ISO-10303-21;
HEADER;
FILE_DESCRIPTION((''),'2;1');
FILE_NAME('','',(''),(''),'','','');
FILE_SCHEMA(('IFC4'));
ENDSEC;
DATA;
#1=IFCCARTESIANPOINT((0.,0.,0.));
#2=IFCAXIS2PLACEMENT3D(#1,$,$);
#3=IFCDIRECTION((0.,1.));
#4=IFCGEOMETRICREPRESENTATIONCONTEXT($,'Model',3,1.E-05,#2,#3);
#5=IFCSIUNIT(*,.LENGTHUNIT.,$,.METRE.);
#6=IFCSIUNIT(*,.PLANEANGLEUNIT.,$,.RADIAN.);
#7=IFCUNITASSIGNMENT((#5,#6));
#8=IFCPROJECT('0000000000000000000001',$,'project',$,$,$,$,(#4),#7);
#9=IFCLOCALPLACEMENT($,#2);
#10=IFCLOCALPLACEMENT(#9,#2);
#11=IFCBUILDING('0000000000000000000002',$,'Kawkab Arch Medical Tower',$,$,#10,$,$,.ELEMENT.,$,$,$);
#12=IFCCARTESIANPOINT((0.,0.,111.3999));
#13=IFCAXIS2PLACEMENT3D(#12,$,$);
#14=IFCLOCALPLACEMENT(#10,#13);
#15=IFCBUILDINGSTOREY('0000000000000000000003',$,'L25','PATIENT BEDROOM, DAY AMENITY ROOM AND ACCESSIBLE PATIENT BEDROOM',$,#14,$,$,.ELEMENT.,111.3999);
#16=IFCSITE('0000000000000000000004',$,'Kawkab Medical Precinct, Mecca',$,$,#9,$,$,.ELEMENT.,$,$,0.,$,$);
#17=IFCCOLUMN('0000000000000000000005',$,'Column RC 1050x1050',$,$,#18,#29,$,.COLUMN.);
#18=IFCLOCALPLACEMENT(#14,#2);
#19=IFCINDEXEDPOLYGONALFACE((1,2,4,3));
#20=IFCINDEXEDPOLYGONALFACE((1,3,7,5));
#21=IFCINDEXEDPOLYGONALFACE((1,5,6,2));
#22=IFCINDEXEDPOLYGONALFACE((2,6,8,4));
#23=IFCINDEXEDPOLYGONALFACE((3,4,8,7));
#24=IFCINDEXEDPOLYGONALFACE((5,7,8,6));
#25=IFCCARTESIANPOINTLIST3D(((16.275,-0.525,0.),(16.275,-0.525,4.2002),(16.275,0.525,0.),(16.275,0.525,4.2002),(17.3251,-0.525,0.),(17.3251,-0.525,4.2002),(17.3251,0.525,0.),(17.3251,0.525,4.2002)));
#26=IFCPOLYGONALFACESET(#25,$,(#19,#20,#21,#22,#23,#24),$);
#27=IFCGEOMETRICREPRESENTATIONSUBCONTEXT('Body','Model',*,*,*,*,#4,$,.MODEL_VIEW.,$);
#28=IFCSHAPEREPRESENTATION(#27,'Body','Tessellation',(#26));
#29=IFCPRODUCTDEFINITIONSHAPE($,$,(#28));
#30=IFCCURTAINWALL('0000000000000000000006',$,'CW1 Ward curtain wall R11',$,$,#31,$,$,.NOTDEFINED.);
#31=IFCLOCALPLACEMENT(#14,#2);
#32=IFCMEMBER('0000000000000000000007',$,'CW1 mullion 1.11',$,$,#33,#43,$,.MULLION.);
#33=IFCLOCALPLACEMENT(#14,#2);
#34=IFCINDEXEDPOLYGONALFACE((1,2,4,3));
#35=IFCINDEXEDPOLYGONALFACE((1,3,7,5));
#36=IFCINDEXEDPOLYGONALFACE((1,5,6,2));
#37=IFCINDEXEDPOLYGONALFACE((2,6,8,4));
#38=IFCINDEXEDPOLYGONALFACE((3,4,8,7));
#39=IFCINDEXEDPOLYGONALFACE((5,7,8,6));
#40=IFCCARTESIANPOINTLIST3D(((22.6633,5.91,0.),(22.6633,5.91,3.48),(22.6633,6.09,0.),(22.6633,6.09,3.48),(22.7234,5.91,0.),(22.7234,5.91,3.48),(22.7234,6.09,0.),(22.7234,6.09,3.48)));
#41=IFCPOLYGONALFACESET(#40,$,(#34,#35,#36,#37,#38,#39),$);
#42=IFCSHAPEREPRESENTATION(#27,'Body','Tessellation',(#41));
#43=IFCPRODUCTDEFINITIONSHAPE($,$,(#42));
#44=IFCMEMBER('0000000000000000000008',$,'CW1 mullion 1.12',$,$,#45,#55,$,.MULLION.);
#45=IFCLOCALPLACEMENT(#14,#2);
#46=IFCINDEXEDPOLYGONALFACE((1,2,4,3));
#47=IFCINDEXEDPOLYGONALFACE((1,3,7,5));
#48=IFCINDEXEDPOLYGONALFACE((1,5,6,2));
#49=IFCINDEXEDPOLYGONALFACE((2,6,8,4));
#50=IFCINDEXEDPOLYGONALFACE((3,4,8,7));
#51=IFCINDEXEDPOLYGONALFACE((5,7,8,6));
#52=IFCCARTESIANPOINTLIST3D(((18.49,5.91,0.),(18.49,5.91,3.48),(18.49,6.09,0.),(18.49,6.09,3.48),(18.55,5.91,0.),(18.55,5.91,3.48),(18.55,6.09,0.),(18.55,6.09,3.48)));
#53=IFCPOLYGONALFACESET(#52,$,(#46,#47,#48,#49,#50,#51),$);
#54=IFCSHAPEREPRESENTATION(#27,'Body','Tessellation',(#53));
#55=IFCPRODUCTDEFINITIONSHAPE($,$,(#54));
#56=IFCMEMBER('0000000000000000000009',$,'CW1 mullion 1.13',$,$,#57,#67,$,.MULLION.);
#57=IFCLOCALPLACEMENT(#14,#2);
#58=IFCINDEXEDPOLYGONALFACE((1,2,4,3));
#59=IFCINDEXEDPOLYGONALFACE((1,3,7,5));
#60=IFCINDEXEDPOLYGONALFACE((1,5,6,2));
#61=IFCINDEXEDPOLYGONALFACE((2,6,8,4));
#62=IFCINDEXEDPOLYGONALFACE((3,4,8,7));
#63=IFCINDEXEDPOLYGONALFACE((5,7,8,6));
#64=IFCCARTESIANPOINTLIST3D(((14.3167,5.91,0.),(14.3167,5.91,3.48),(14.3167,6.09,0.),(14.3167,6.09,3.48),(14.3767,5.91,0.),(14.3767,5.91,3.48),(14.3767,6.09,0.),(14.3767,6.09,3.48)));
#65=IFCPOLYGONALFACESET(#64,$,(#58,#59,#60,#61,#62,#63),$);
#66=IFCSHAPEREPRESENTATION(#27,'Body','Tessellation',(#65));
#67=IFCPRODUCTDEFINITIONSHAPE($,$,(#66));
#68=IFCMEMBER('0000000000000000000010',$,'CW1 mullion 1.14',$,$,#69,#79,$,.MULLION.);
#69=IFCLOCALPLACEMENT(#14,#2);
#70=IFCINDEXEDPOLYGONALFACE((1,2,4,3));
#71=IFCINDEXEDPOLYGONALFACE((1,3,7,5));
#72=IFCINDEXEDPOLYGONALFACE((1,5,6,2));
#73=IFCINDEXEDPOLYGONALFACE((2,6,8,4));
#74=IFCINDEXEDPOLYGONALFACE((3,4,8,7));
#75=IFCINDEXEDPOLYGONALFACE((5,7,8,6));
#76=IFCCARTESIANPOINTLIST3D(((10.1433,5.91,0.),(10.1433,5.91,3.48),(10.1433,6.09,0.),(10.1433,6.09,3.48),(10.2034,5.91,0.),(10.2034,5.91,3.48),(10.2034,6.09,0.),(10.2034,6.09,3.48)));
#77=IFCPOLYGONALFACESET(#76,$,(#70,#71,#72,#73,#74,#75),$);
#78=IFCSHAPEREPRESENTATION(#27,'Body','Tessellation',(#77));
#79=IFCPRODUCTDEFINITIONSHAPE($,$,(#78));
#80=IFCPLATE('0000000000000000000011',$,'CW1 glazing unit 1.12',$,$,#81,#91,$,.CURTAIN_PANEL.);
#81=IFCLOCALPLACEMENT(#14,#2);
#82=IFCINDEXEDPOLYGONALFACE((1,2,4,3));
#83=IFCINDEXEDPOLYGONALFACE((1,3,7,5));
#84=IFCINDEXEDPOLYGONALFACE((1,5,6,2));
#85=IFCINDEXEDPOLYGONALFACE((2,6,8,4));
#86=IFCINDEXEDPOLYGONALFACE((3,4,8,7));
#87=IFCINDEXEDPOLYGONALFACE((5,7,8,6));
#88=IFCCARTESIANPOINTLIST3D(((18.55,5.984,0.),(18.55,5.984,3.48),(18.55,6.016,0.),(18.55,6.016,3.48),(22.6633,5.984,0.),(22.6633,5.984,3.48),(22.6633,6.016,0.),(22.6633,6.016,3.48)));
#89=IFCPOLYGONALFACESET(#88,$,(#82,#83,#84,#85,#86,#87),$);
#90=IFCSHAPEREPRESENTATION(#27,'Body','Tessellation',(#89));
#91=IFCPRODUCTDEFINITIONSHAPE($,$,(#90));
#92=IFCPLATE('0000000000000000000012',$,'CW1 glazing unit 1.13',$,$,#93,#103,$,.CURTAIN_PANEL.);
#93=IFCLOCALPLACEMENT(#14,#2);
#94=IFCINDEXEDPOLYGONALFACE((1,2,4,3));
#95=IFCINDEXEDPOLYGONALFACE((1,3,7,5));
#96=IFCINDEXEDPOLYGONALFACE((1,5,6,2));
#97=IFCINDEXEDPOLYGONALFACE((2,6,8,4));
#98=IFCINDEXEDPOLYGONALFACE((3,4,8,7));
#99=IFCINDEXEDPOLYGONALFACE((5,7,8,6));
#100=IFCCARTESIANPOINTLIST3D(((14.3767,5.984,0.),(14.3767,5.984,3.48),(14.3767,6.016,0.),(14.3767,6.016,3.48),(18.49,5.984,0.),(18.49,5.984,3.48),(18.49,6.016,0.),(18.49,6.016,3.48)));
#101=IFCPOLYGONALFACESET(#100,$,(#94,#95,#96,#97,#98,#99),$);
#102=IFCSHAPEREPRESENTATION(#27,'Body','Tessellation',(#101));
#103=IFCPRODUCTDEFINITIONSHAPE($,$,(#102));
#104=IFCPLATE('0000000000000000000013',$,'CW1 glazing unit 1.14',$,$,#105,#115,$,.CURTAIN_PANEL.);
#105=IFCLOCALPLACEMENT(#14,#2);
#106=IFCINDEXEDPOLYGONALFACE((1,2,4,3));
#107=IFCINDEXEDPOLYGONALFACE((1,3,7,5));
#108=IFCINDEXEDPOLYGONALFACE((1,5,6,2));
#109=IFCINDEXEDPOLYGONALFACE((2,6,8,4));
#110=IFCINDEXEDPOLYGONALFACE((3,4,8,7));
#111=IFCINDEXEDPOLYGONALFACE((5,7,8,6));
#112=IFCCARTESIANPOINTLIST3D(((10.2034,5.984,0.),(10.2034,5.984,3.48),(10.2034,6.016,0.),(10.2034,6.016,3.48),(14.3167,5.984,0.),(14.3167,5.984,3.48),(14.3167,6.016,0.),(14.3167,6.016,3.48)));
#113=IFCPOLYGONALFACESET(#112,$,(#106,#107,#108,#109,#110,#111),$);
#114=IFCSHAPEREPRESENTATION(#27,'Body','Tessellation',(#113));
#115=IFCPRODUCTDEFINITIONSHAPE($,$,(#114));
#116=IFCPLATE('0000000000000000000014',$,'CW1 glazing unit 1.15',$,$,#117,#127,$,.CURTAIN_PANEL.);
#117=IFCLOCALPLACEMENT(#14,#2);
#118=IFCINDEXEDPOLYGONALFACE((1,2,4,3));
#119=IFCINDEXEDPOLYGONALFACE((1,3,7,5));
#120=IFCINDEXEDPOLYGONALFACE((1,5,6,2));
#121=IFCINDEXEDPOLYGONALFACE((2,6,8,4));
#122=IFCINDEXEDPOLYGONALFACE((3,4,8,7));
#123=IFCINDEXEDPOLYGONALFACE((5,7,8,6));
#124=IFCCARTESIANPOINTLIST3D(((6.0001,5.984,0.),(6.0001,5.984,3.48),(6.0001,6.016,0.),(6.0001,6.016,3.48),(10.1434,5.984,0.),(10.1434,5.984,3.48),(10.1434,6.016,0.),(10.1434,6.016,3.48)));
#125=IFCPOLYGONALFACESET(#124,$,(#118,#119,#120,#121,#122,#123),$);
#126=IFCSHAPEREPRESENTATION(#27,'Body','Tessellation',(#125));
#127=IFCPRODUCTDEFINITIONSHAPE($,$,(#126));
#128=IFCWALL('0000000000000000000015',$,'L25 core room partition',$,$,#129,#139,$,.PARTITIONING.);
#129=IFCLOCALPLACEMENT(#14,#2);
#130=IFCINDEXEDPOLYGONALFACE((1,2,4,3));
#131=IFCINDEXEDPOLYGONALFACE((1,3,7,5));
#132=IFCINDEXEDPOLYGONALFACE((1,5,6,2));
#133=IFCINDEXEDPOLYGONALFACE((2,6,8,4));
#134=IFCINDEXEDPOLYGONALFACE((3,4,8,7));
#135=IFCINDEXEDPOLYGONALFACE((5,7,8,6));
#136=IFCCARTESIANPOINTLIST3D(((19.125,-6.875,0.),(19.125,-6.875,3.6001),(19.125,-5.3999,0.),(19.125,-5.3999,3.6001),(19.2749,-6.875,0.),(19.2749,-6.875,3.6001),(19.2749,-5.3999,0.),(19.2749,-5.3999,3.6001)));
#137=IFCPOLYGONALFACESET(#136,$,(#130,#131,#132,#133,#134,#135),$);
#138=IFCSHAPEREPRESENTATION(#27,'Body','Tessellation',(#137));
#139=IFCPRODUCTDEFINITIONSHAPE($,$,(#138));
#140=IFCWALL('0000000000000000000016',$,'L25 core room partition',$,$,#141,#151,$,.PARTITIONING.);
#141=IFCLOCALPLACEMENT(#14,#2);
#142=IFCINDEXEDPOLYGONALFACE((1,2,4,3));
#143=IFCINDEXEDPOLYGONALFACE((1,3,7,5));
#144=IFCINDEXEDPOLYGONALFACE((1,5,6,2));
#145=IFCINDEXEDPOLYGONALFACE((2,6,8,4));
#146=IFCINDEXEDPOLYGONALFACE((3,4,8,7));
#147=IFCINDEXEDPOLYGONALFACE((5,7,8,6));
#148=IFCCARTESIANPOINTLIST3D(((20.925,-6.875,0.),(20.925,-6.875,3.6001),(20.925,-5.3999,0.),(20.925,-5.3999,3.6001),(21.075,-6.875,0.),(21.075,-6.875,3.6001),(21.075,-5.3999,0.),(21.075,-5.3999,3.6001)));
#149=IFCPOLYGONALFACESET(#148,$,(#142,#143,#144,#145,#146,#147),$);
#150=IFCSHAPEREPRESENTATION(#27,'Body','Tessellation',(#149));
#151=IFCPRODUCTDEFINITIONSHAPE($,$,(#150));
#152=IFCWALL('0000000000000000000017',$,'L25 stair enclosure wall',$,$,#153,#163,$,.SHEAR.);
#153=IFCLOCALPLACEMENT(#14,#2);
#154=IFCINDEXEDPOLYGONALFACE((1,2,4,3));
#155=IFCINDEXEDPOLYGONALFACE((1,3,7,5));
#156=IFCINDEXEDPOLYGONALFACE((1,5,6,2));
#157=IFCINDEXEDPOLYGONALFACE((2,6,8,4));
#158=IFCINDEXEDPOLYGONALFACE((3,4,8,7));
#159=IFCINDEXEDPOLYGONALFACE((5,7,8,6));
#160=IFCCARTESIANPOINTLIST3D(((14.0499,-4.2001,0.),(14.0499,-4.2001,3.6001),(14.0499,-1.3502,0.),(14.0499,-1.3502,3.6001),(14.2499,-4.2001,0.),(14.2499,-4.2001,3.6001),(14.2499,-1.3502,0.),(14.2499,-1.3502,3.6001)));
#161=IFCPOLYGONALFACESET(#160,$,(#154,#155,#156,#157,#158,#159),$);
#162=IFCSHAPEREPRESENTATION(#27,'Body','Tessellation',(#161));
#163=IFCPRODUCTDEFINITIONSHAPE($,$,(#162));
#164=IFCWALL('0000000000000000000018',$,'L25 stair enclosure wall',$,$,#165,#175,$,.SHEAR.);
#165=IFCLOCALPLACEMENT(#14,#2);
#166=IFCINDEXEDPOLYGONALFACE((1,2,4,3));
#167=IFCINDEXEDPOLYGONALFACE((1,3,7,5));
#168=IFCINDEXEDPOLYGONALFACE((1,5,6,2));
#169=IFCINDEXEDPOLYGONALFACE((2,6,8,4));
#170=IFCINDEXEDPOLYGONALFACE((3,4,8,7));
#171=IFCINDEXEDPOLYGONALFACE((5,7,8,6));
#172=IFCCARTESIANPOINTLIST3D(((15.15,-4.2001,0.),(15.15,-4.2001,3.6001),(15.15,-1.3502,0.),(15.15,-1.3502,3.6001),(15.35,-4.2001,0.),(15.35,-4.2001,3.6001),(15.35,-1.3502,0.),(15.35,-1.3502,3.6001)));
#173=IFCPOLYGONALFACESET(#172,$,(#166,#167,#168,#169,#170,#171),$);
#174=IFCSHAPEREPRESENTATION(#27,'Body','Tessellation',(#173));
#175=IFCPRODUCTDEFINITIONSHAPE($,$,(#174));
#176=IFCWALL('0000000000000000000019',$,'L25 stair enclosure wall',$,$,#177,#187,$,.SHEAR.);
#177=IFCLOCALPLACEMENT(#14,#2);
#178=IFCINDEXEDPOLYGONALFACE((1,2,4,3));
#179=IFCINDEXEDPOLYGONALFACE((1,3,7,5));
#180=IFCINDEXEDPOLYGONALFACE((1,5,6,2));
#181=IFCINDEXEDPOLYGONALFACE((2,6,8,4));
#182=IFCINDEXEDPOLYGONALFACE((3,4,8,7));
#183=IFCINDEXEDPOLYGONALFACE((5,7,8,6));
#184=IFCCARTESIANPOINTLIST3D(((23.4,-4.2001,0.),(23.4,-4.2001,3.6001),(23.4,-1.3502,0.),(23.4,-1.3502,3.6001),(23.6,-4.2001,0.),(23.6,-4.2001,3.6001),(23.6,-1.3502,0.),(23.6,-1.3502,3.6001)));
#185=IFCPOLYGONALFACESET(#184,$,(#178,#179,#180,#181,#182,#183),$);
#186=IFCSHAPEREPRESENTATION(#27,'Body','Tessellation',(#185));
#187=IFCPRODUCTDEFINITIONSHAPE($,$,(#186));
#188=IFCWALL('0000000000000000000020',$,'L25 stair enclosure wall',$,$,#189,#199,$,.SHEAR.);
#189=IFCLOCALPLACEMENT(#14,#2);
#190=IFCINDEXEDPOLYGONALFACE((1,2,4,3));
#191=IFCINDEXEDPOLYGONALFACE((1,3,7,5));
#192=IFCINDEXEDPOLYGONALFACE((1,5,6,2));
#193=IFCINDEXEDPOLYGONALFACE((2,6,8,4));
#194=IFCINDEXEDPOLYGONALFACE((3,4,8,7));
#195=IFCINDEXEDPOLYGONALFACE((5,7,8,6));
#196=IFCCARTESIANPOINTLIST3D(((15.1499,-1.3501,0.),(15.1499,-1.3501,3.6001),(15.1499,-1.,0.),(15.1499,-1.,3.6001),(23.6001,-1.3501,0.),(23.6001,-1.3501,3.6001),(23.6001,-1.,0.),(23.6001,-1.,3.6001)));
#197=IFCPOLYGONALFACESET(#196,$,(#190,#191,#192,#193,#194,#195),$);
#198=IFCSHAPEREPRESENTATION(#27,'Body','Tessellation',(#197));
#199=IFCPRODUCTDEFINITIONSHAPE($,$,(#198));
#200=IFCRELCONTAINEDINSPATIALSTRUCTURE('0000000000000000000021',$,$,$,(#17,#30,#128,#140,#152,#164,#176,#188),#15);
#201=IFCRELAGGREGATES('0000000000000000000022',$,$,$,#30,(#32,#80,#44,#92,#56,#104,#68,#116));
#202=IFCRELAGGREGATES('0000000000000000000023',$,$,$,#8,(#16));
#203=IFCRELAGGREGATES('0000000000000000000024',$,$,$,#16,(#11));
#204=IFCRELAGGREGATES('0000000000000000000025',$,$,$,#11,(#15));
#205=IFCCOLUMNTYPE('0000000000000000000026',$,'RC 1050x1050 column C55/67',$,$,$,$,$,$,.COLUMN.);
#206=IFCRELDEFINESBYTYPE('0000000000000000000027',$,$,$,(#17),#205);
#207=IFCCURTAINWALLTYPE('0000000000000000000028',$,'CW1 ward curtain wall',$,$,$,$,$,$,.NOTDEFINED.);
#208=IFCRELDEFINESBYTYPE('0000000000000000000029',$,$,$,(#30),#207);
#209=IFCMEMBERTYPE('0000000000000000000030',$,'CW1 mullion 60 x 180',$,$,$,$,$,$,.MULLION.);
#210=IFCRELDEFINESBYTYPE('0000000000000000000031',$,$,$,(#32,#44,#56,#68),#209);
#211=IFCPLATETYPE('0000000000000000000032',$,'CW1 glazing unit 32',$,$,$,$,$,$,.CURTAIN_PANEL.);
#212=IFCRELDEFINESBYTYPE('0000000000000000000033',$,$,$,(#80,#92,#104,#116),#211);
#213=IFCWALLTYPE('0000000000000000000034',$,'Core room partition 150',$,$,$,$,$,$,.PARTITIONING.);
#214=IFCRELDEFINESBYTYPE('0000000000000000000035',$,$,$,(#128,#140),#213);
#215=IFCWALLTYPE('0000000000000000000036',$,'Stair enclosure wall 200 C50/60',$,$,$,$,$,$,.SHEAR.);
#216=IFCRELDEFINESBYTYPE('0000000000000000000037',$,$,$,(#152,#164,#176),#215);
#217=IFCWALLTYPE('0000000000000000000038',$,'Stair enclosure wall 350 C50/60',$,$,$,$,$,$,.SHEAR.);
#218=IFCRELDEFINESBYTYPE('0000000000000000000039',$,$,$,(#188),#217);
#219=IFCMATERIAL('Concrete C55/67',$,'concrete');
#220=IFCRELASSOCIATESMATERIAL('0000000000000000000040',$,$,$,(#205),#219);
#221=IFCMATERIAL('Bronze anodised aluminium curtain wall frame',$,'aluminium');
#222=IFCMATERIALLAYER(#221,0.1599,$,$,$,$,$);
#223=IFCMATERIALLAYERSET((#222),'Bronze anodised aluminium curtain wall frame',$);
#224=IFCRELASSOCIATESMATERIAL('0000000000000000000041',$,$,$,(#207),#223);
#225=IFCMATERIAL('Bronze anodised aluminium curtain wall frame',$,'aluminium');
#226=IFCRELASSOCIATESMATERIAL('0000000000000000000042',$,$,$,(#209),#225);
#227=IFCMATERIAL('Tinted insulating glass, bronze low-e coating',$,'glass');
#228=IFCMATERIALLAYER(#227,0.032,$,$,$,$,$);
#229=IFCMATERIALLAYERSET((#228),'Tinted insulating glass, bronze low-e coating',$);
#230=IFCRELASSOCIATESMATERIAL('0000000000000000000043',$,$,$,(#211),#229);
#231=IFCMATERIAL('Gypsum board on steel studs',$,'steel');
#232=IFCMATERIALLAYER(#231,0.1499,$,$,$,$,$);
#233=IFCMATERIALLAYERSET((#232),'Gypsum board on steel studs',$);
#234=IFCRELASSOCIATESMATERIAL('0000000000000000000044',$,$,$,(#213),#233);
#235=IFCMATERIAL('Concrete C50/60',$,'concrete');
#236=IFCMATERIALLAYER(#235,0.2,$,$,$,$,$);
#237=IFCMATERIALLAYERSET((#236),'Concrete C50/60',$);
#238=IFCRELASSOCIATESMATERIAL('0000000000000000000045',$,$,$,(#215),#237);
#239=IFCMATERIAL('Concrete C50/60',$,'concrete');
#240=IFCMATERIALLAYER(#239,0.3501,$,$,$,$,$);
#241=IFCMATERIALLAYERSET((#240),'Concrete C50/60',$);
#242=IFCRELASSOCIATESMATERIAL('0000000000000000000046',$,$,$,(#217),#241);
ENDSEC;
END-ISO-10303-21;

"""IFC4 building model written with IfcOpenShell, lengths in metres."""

from ifc_helpers import new_model, si_unit, direction, frame, frame_2d, origin, origin_2d, place, context, subcontext, project, spatial, rectangle, extrude, material, layer, layer_set, material_profile, profile_set, type_object, element, aggregate, save


model = new_model("IFC4")

# Units and contexts
model_context = context("Model", 3, precision=1e-05, world=origin(), true_north=direction((0.0, 1.0)))
body_context = subcontext(model_context, "Body", "Model", "MODEL_VIEW")
ifc_project = project(units=[si_unit("LENGTHUNIT", "METRE"), si_unit("PLANEANGLEUNIT", "RADIAN")], contexts=[model_context])

# Site, building, storey
site_placement = place(None, origin())
site = spatial("IfcSite", under=ifc_project, at=site_placement, Name="Kawkab Medical Precinct, Mecca", CompositionType="ELEMENT", RefElevation=0.0)
building_placement = place(site_placement, origin())
building = spatial("IfcBuilding", under=site, at=building_placement, Name="Kawkab Arch Medical Tower", CompositionType="ELEMENT")
storey_placement = place(building_placement, frame((0.0, 0.0, 111.3999)))
storey = spatial("IfcBuildingStorey", under=building, at=storey_placement, Name="L25", Description="PATIENT BEDROOM, DAY AMENITY ROOM AND ACCESSIBLE PATIENT BEDROOM", CompositionType="ELEMENT", Elevation=111.3999)

# Column
ifc_material_1 = material(Name="Concrete C55/67", Category="concrete")
ifc_material_profile_1 = material_profile(ifc_material_1, rectangle(XDim=1.05, YDim=1.05, at=origin_2d()), Name="RC 1050x1050")
ifc_profile_set_1 = profile_set([ifc_material_profile_1], Name="Concrete C55/67")
column_type = type_object("IfcColumnType", Name="RC 1050x1050 column C55/67", PredefinedType="COLUMN", material=ifc_profile_set_1)
column_placement = place(storey_placement, frame((16.8, 0.0, 0.0), z_axis=(0.0, 0.0, 1.0), x_axis=(1.0, 0.0, 0.0)))
element("IfcColumn", 1, at=column_placement, inside=storey, type_object=column_type, Name="Column RC 1050x1050", PredefinedType="COLUMN", context=body_context, shape_type="SweptSolid", body=[
    extrude(rectangle(XDim=1.05, YDim=1.05, at=origin_2d()), origin(), (0.0, 0.0, 1.0), 4.2002),
])

# Curtain wall, members, plates
ifc_material_2 = material(Name="Bronze anodised aluminium curtain wall frame", Category="aluminium")
ifc_layer_1 = layer(ifc_material_2, 0.1599)
ifc_layer_set_1 = layer_set([ifc_layer_1], Name="Bronze anodised aluminium curtain wall frame")
curtain_wall_type = type_object("IfcCurtainWallType", Name="CW1 ward curtain wall", PredefinedType="NOTDEFINED", material=ifc_layer_set_1)
placement = place(storey_placement, origin())
curtain_wall = element("IfcCurtainWall", 2, at=placement, inside=storey, type_object=curtain_wall_type, Name="CW1 Ward curtain wall R11", PredefinedType="NOTDEFINED")
ifc_material_3 = material(Name="Bronze anodised aluminium curtain wall frame", Category="aluminium")
ifc_material_profile_2 = material_profile(ifc_material_3, rectangle(XDim=0.1799, YDim=0.0601, at=origin_2d()), Name="AL 60x180")
ifc_profile_set_2 = profile_set([ifc_material_profile_2], Name="Bronze anodised aluminium curtain wall frame")
member_type = type_object("IfcMemberType", Name="CW1 mullion 60 x 180", PredefinedType="MULLION", material=ifc_profile_set_2)
member_1_placement = place(storey_placement, frame((22.6934, 6.0, 0.0), z_axis=(0.0, 0.0, 1.0), x_axis=(0.0, -1.0, 0.0)))
member_1 = element("IfcMember", 3, at=member_1_placement, type_object=member_type, Name="CW1 mullion 1.11", PredefinedType="MULLION", context=body_context, shape_type="SweptSolid", body=[
    extrude(rectangle(XDim=0.1799, YDim=0.0601, at=origin_2d()), origin(), (0.0, 0.0, 1.0), 3.48),
])
member_2_placement = place(storey_placement, frame((18.52, 6.0, 0.0), z_axis=(0.0, 0.0, 1.0), x_axis=(0.0, -1.0, 0.0)))
member_2 = element("IfcMember", 4, at=member_2_placement, type_object=member_type, Name="CW1 mullion 1.12", PredefinedType="MULLION", context=body_context, shape_type="SweptSolid", body=[
    extrude(rectangle(XDim=0.1799, YDim=0.0601, at=origin_2d()), origin(), (0.0, 0.0, 1.0), 3.48),
])
member_3_placement = place(storey_placement, frame((14.3467, 6.0, 0.0), z_axis=(0.0, 0.0, 1.0), x_axis=(0.0, -1.0, 0.0)))
member_3 = element("IfcMember", 5, at=member_3_placement, type_object=member_type, Name="CW1 mullion 1.13", PredefinedType="MULLION", context=body_context, shape_type="SweptSolid", body=[
    extrude(rectangle(XDim=0.1799, YDim=0.0601, at=origin_2d()), origin(), (0.0, 0.0, 1.0), 3.48),
])
member_4_placement = place(storey_placement, frame((10.1733, 6.0, 0.0), z_axis=(0.0, 0.0, 1.0), x_axis=(0.0, -1.0, 0.0)))
member_4 = element("IfcMember", 6, at=member_4_placement, type_object=member_type, Name="CW1 mullion 1.14", PredefinedType="MULLION", context=body_context, shape_type="SweptSolid", body=[
    extrude(rectangle(XDim=0.1799, YDim=0.0601, at=origin_2d()), origin(), (0.0, 0.0, 1.0), 3.48),
])
ifc_material_4 = material(Name="Tinted insulating glass, bronze low-e coating", Category="glass")
ifc_layer_2 = layer(ifc_material_4, 0.032)
ifc_layer_set_2 = layer_set([ifc_layer_2], Name="Tinted insulating glass, bronze low-e coating")
plate_type = type_object("IfcPlateType", Name="CW1 glazing unit 32", PredefinedType="CURTAIN_PANEL", material=ifc_layer_set_2)
plate_1_placement = place(storey_placement, frame((20.6067, 6.0, 0.0), z_axis=(0.0, 0.0, 1.0), x_axis=(-1.0, 0.0, 0.0)))
plate_1 = element("IfcPlate", 7, at=plate_1_placement, type_object=plate_type, Name="CW1 glazing unit 1.12", PredefinedType="CURTAIN_PANEL", context=body_context, shape_type="SweptSolid", body=[
    extrude(rectangle(XDim=4.1133, YDim=0.032, at=origin_2d()), origin(), (0.0, 0.0, 1.0), 3.48),
])
plate_2_placement = place(storey_placement, frame((16.4333, 6.0, 0.0), z_axis=(0.0, 0.0, 1.0), x_axis=(-1.0, 0.0, 0.0)))
plate_2 = element("IfcPlate", 8, at=plate_2_placement, type_object=plate_type, Name="CW1 glazing unit 1.13", PredefinedType="CURTAIN_PANEL", context=body_context, shape_type="SweptSolid", body=[
    extrude(rectangle(XDim=4.1133, YDim=0.032, at=origin_2d()), origin(), (0.0, 0.0, 1.0), 3.48),
])
plate_3_placement = place(storey_placement, frame((12.26, 6.0, 0.0), z_axis=(0.0, 0.0, 1.0), x_axis=(-1.0, 0.0, 0.0)))
plate_3 = element("IfcPlate", 9, at=plate_3_placement, type_object=plate_type, Name="CW1 glazing unit 1.14", PredefinedType="CURTAIN_PANEL", context=body_context, shape_type="SweptSolid", body=[
    extrude(rectangle(XDim=4.1133, YDim=0.032, at=origin_2d()), origin(), (0.0, 0.0, 1.0), 3.48),
])
plate_4_placement = place(storey_placement, frame((8.0718, 6.0, 0.0), z_axis=(0.0, 0.0, 1.0), x_axis=(-1.0, 0.0, 0.0)))
plate_4 = element("IfcPlate", 10, at=plate_4_placement, type_object=plate_type, Name="CW1 glazing unit 1.15", PredefinedType="CURTAIN_PANEL", context=body_context, shape_type="SweptSolid", body=[
    extrude(rectangle(XDim=4.1433, YDim=0.032, at=origin_2d()), origin(), (0.0, 0.0, 1.0), 3.48),
])
aggregate(curtain_wall, [member_1, plate_1, member_2, plate_2, member_3, plate_3, member_4, plate_4])

# Walls
ifc_material_5 = material(Name="Gypsum board on steel studs", Category="steel")
ifc_layer_3 = layer(ifc_material_5, 0.1499)
ifc_layer_set_3 = layer_set([ifc_layer_3], Name="Gypsum board on steel studs")
wall_type_1 = type_object("IfcWallType", Name="Core room partition 150", PredefinedType="PARTITIONING", material=ifc_layer_set_3)
for number, where, z_axis, x_axis, name in (
    (11, (19.2, -6.875, 0.0), (0.0, 0.0, 1.0), (0.0, 1.0, 0.0), "L25 core room partition"),
    (12, (21.0, -6.875, 0.0), (0.0, 0.0, 1.0), (0.0, 1.0, 0.0), "L25 core room partition"),
):
    element("IfcWall", number, at=place(storey_placement, frame(where, z_axis=z_axis, x_axis=x_axis)), inside=storey, type_object=wall_type_1, Name=name, PredefinedType="PARTITIONING", context=body_context, shape_type="SweptSolid", body=[
        extrude(rectangle(XDim=1.4751, YDim=0.1499, at=frame_2d((0.7375, 0.0))), origin(), (0.0, 0.0, 1.0), 3.6001),
    ])
ifc_material_6 = material(Name="Concrete C50/60", Category="concrete")
ifc_layer_4 = layer(ifc_material_6, 0.2)
ifc_layer_set_4 = layer_set([ifc_layer_4], Name="Concrete C50/60")
wall_type_2 = type_object("IfcWallType", Name="Stair enclosure wall 200 C50/60", PredefinedType="SHEAR", material=ifc_layer_set_4)
for number, where, z_axis, x_axis, name in (
    (13, (14.1499, -4.2, 0.0), (0.0, 0.0, 1.0), (0.0, 1.0, 0.0), "L25 stair enclosure wall"),
    (14, (15.25, -4.2, 0.0), (0.0, 0.0, 1.0), (0.0, 1.0, 0.0), "L25 stair enclosure wall"),
    (15, (23.5, -4.2, 0.0), (0.0, 0.0, 1.0), (0.0, 1.0, 0.0), "L25 stair enclosure wall"),
):
    element("IfcWall", number, at=place(storey_placement, frame(where, z_axis=z_axis, x_axis=x_axis)), inside=storey, type_object=wall_type_2, Name=name, PredefinedType="SHEAR", context=body_context, shape_type="SweptSolid", body=[
        extrude(rectangle(XDim=2.8499, YDim=0.2, at=frame_2d((1.4248, 0.0))), origin(), (0.0, 0.0, 1.0), 3.6001),
    ])
ifc_material_7 = material(Name="Concrete C50/60", Category="concrete")
ifc_layer_5 = layer(ifc_material_7, 0.3501)
ifc_layer_set_5 = layer_set([ifc_layer_5], Name="Concrete C50/60")
wall_type_3 = type_object("IfcWallType", Name="Stair enclosure wall 350 C50/60", PredefinedType="SHEAR", material=ifc_layer_set_5)
wall_placement = place(storey_placement, frame((15.1499, -1.175, 0.0), z_axis=(0.0, 0.0, 1.0), x_axis=(1.0, 0.0, 0.0)))
element("IfcWall", 16, at=wall_placement, inside=storey, type_object=wall_type_3, Name="L25 stair enclosure wall", PredefinedType="SHEAR", context=body_context, shape_type="SweptSolid", body=[
    extrude(rectangle(XDim=8.4502, YDim=0.3501, at=frame_2d((4.2251, 0.0))), origin(), (0.0, 0.0, 1.0), 3.6001),
])

save(model, "model.ifc")
